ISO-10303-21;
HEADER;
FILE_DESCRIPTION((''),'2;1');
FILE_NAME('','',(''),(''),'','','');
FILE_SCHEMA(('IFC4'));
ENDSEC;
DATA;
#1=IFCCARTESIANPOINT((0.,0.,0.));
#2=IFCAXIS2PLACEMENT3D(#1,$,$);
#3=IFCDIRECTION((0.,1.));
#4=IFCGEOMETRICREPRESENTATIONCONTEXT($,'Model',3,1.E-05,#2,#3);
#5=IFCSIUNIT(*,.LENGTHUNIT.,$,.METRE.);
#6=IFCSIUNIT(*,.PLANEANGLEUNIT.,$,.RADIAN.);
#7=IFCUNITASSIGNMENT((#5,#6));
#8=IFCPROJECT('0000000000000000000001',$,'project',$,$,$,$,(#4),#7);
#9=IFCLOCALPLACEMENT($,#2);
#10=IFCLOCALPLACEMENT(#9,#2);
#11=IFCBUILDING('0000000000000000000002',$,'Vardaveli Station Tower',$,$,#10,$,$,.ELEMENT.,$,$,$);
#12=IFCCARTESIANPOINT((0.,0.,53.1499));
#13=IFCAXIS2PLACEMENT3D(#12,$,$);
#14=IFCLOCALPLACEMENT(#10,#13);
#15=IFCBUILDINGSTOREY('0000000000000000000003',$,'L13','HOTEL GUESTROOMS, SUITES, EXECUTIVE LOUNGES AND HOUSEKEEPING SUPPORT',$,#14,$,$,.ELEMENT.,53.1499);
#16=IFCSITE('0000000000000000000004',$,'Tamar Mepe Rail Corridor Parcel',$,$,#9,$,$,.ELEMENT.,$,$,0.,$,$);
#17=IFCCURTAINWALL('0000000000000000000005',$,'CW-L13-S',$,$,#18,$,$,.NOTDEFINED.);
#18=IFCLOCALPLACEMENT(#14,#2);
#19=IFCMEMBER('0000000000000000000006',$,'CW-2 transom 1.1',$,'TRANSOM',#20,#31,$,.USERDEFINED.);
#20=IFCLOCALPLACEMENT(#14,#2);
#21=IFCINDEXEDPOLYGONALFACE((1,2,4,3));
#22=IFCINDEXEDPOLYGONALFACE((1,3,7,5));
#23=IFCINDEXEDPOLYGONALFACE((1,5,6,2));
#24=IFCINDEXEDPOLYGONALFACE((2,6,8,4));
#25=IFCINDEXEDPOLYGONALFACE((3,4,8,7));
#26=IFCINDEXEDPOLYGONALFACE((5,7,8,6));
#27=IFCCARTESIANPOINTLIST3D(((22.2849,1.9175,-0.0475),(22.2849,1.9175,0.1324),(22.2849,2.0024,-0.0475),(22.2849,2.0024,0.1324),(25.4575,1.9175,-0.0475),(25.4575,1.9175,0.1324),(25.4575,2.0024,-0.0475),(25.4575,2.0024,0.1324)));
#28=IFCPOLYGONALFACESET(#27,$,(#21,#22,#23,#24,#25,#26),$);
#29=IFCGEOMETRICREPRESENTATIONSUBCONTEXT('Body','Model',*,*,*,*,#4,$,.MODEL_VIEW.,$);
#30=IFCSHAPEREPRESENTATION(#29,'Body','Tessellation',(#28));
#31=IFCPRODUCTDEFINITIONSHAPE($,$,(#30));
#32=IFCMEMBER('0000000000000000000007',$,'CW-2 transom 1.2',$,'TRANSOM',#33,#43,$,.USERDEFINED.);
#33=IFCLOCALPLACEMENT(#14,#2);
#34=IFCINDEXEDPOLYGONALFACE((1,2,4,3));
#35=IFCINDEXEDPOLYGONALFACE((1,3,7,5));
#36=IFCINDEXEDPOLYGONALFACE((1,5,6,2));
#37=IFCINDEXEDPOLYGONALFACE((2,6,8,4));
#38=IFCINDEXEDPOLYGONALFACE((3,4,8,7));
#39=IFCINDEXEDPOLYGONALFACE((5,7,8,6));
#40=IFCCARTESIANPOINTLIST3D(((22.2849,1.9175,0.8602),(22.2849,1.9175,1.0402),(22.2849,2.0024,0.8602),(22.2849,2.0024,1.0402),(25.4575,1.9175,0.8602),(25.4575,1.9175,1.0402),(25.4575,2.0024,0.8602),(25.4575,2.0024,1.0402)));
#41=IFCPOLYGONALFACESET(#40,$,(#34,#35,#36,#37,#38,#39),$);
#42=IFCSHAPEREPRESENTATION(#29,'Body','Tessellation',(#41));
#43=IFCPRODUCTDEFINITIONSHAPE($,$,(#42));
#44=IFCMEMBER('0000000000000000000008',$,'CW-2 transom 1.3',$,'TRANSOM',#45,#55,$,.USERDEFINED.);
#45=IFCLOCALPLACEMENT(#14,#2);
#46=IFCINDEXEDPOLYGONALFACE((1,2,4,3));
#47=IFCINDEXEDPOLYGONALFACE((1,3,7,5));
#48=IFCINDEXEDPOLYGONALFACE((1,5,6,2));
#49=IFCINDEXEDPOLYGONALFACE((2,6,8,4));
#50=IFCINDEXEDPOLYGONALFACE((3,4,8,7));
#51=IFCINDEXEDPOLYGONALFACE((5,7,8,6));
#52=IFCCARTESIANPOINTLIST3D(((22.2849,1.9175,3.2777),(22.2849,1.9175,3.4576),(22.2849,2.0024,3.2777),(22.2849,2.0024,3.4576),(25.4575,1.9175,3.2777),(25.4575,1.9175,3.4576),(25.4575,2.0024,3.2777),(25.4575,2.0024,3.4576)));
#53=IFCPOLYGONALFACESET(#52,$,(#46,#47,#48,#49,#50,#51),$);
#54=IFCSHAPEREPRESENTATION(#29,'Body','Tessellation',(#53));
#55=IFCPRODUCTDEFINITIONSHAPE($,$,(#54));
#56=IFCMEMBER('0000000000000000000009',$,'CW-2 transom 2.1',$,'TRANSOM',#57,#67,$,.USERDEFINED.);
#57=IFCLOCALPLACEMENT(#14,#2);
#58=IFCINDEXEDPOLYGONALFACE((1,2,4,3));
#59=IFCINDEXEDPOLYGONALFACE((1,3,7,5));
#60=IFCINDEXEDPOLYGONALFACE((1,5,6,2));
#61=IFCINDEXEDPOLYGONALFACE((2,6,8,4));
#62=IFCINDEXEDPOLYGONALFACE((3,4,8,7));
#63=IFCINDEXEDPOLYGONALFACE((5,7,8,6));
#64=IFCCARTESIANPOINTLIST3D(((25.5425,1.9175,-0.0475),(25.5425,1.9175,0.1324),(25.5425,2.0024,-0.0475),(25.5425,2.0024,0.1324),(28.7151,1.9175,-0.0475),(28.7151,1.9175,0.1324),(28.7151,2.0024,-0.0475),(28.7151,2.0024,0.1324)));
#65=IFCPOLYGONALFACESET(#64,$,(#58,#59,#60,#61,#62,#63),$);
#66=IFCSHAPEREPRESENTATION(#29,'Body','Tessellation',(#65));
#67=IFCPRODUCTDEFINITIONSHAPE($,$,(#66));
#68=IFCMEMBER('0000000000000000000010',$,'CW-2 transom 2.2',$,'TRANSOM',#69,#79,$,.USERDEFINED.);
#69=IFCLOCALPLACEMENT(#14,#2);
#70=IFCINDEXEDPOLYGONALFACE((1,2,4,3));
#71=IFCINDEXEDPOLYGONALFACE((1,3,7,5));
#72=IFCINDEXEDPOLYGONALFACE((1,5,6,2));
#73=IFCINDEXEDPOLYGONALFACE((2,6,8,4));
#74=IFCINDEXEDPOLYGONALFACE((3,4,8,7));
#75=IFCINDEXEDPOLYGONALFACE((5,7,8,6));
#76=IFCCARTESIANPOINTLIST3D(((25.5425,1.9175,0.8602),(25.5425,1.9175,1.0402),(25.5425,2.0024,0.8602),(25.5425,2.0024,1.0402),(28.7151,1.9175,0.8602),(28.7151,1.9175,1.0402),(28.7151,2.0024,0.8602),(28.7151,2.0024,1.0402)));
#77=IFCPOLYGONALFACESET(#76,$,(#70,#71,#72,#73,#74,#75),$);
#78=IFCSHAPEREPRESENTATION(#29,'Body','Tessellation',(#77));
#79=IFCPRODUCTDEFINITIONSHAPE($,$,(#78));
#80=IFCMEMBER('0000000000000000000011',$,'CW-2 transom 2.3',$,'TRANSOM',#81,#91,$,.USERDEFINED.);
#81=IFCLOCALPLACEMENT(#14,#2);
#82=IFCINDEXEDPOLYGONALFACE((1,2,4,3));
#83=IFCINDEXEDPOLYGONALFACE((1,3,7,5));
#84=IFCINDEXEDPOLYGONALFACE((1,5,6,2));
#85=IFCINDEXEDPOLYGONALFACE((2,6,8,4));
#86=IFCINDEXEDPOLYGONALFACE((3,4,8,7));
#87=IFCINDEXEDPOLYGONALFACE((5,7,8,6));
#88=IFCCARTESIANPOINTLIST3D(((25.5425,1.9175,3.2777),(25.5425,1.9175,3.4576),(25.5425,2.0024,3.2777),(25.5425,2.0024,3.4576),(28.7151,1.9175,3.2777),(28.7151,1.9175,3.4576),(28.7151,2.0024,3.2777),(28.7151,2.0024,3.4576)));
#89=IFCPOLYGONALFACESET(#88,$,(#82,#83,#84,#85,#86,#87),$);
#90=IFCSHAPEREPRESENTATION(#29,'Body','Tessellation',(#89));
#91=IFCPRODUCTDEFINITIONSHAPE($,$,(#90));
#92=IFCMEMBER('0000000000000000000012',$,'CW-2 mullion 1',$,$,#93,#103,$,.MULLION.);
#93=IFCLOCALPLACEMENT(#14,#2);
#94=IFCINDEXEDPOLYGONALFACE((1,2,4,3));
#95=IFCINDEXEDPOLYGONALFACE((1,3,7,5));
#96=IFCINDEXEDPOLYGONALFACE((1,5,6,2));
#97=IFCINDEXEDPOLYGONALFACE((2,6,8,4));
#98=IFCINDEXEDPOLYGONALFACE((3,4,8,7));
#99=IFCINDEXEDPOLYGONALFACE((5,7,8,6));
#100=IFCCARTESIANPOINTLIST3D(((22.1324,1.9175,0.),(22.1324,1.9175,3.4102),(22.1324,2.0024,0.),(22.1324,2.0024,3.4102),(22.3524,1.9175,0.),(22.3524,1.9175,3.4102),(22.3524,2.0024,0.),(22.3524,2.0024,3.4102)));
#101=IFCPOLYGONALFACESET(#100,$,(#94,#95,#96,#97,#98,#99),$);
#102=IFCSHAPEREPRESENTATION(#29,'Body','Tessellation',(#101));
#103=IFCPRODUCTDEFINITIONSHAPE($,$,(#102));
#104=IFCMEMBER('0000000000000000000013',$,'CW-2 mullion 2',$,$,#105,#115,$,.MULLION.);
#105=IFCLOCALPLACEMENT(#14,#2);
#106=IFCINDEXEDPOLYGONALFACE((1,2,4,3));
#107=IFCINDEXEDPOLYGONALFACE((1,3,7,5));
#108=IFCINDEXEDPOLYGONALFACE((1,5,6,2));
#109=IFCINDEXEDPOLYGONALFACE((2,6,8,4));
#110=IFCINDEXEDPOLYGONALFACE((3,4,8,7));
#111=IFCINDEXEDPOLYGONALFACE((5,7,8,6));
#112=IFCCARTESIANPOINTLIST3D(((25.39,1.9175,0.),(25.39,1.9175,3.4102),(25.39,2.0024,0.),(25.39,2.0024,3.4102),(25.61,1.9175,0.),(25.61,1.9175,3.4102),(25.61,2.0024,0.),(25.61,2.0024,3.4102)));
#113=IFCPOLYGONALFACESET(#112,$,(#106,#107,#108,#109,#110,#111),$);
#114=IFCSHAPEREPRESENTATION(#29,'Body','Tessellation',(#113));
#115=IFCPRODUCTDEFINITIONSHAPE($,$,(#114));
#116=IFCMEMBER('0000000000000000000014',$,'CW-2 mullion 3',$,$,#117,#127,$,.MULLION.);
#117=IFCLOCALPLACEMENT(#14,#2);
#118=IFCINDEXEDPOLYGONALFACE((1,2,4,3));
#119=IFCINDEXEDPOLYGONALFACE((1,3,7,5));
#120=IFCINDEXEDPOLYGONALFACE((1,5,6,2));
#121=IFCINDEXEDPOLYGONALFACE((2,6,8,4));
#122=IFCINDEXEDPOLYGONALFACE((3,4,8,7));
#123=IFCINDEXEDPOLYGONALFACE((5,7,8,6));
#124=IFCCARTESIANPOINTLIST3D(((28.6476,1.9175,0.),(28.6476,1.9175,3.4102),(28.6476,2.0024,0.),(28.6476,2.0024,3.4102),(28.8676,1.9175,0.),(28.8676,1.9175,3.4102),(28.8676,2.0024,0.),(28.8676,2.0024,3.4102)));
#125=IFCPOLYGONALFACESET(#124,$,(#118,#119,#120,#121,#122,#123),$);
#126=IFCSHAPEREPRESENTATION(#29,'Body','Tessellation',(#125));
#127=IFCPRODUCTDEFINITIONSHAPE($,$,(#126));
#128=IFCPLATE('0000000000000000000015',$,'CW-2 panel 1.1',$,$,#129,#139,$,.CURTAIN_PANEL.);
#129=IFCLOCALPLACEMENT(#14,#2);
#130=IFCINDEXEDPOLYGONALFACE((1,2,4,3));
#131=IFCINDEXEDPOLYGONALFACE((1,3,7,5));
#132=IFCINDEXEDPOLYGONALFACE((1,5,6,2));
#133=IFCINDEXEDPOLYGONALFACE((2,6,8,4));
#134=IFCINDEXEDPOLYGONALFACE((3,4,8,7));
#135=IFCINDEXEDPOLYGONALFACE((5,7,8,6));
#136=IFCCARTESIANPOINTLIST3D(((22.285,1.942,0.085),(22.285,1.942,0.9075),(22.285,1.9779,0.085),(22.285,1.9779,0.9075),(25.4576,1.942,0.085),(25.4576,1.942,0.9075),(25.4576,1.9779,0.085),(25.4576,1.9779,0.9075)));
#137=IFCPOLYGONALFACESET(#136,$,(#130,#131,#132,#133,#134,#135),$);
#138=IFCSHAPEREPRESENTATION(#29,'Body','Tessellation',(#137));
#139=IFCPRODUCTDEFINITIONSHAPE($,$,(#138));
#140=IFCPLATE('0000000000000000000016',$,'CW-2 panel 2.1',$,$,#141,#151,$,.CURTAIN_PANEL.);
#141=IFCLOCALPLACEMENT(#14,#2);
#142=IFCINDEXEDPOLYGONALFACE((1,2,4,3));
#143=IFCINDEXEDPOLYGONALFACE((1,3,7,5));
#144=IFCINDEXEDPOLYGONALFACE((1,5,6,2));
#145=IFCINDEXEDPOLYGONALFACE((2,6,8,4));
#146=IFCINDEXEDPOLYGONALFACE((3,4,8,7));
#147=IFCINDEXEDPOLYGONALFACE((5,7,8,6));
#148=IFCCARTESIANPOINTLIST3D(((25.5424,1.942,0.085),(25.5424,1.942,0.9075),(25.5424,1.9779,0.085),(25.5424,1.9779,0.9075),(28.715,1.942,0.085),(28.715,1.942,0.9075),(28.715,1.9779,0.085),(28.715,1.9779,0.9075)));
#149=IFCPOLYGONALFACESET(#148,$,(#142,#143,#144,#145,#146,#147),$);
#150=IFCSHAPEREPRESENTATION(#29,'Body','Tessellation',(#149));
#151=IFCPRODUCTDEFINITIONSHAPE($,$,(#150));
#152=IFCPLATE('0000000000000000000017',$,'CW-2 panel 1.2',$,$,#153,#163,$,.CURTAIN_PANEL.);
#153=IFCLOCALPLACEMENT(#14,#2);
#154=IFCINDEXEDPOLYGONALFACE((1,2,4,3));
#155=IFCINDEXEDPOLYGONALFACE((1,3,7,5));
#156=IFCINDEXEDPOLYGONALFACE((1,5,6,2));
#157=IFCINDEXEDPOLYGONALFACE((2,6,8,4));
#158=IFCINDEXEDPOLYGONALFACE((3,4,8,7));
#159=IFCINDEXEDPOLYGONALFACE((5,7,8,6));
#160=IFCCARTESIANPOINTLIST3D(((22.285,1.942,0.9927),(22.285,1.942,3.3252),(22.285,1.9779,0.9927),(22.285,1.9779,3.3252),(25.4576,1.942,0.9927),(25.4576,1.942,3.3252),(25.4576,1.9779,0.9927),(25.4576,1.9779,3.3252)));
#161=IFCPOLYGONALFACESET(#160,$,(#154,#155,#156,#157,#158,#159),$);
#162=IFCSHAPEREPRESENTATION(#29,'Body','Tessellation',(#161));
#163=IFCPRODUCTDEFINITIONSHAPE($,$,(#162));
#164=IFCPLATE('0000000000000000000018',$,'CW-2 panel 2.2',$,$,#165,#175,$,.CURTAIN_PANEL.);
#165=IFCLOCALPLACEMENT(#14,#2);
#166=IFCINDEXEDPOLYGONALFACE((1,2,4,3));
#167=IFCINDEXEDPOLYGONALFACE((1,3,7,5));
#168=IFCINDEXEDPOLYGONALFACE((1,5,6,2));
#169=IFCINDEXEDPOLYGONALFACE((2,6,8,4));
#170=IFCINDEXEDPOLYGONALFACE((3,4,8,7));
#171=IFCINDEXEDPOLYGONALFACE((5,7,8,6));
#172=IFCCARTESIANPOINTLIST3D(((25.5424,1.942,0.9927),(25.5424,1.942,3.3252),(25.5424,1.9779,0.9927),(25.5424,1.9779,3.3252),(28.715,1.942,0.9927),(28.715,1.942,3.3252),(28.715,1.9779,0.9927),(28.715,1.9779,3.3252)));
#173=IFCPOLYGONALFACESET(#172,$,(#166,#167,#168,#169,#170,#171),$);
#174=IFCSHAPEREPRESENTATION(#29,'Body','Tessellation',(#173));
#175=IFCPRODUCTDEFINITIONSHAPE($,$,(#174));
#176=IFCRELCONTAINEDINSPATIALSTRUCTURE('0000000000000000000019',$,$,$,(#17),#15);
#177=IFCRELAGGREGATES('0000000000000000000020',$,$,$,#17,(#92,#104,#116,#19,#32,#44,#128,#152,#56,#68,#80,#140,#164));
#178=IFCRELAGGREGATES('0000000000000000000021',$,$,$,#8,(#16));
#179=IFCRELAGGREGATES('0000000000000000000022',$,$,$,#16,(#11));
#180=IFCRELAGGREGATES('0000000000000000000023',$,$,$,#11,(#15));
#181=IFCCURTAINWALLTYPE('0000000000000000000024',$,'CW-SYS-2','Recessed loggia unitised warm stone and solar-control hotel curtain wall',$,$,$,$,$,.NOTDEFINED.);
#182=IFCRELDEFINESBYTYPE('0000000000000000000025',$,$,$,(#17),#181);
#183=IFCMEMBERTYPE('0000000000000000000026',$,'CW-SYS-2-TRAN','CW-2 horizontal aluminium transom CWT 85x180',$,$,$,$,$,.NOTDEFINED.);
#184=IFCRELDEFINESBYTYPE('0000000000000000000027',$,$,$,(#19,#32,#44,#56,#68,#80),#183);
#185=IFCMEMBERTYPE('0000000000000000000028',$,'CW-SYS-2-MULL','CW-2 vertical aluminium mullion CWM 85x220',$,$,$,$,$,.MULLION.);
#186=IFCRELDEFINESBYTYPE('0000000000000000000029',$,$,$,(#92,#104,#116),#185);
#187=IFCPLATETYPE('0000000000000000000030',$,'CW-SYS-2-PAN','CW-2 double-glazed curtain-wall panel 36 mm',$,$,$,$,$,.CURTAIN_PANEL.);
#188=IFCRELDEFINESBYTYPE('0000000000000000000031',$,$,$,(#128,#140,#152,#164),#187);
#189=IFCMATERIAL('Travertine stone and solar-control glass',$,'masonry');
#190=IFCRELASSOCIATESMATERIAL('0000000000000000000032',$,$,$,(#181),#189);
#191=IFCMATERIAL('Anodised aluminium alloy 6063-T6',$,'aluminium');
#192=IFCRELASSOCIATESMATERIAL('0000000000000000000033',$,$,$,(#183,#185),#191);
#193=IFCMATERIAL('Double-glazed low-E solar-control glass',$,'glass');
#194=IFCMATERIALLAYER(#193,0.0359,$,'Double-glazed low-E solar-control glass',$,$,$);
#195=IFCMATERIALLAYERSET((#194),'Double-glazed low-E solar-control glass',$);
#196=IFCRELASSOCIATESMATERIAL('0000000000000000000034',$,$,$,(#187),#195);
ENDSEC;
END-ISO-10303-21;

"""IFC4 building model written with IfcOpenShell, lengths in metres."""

from ifc_helpers import new_model, si_unit, direction, frame, origin, origin_2d, place, context, subcontext, project, spatial, rectangle, extrude, source, transform, mapped, material, layer, layer_set, material_profile, profile_set, type_object, element, aggregate, save


model = new_model("IFC4")

# Units and contexts
model_context = context("Model", 3, precision=1e-05, world=origin(), true_north=direction((0.0, 1.0)))
body_context = subcontext(model_context, "Body", "Model", "MODEL_VIEW")
ifc_project = project(units=[si_unit("LENGTHUNIT", "METRE"), si_unit("PLANEANGLEUNIT", "RADIAN")], contexts=[model_context])

# Site, building, storey
site_placement = place(None, origin())
site = spatial("IfcSite", under=ifc_project, at=site_placement, Name="Tamar Mepe Rail Corridor Parcel", CompositionType="ELEMENT", RefElevation=0.0)
building_placement = place(site_placement, origin())
building = spatial("IfcBuilding", under=site, at=building_placement, Name="Vardaveli Station Tower", CompositionType="ELEMENT")
storey_placement = place(building_placement, frame((0.0, 0.0, 53.1499)))
storey = spatial("IfcBuildingStorey", under=building, at=storey_placement, Name="L13", Description="HOTEL GUESTROOMS, SUITES, EXECUTIVE LOUNGES AND HOUSEKEEPING SUPPORT", CompositionType="ELEMENT", Elevation=53.1499)

# Curtain wall, members, plates
ifc_material_1 = material(Name="Travertine stone and solar-control glass", Category="masonry")
curtain_wall_type = type_object("IfcCurtainWallType", Name="CW-SYS-2", Description="Recessed loggia unitised warm stone and solar-control hotel curtain wall", PredefinedType="NOTDEFINED", material=ifc_material_1)
curtain_wall_placement = place(storey_placement, origin())
curtain_wall = element("IfcCurtainWall", 1, at=curtain_wall_placement, inside=storey, type_object=curtain_wall_type, Name="CW-L13-S", PredefinedType="NOTDEFINED")
ifc_material_2 = material(Name="Anodised aluminium alloy 6063-T6", Category="aluminium")
ifc_material_profile_1 = material_profile(ifc_material_2, rectangle(XDim=0.085, YDim=0.1799, at=origin_2d()), Name="CWT 85x180")
ifc_profile_set_1 = profile_set([ifc_material_profile_1], Name="Anodised aluminium alloy 6063-T6")
member_type_1 = type_object("IfcMemberType", Name="CW-SYS-2-TRAN", Description="CW-2 horizontal aluminium transom CWT 85x180", PredefinedType="NOTDEFINED", material=ifc_profile_set_1)
shared_shape_1 = source(origin(), body_context, "Body", "SweptSolid", [
    extrude(rectangle(XDim=0.085, YDim=0.1799, at=origin_2d()), origin(), (0.0, 0.0, 1.0), 3.1726),
])
member_1_placement = place(storey_placement, frame((22.2849, 1.96, 0.0425), z_axis=(1.0, 0.0, 0.0), x_axis=(0.0, 1.0, 0.0)))
member_1 = element("IfcMember", 2, at=member_1_placement, type_object=member_type_1, Name="CW-2 transom 1.1", ObjectType="TRANSOM", PredefinedType="USERDEFINED", context=body_context, shape_type="MappedRepresentation", body=[
    mapped(shared_shape_1, transform((0.0, 0.0, 0.0), scale=1.0)),
])
member_2_placement = place(storey_placement, frame((22.2849, 1.96, 0.9502), z_axis=(1.0, 0.0, 0.0), x_axis=(0.0, 1.0, 0.0)))
member_2 = element("IfcMember", 3, at=member_2_placement, type_object=member_type_1, Name="CW-2 transom 1.2", ObjectType="TRANSOM", PredefinedType="USERDEFINED", context=body_context, shape_type="MappedRepresentation", body=[
    mapped(shared_shape_1, transform((0.0, 0.0, 0.0), scale=1.0)),
])
member_3_placement = place(storey_placement, frame((22.2849, 1.96, 3.3677), z_axis=(1.0, 0.0, 0.0), x_axis=(0.0, 1.0, 0.0)))
member_3 = element("IfcMember", 4, at=member_3_placement, type_object=member_type_1, Name="CW-2 transom 1.3", ObjectType="TRANSOM", PredefinedType="USERDEFINED", context=body_context, shape_type="MappedRepresentation", body=[
    mapped(shared_shape_1, transform((0.0, 0.0, 0.0), scale=1.0)),
])
member_4_placement = place(storey_placement, frame((25.5425, 1.96, 0.0425), z_axis=(1.0, 0.0, 0.0), x_axis=(0.0, 1.0, 0.0)))
member_4 = element("IfcMember", 5, at=member_4_placement, type_object=member_type_1, Name="CW-2 transom 2.1", ObjectType="TRANSOM", PredefinedType="USERDEFINED", context=body_context, shape_type="MappedRepresentation", body=[
    mapped(shared_shape_1, transform((0.0, 0.0, 0.0), scale=1.0)),
])
member_5_placement = place(storey_placement, frame((25.5425, 1.96, 0.9502), z_axis=(1.0, 0.0, 0.0), x_axis=(0.0, 1.0, 0.0)))
member_5 = element("IfcMember", 6, at=member_5_placement, type_object=member_type_1, Name="CW-2 transom 2.2", ObjectType="TRANSOM", PredefinedType="USERDEFINED", context=body_context, shape_type="MappedRepresentation", body=[
    mapped(shared_shape_1, transform((0.0, 0.0, 0.0), scale=1.0)),
])
member_6_placement = place(storey_placement, frame((25.5425, 1.96, 3.3677), z_axis=(1.0, 0.0, 0.0), x_axis=(0.0, 1.0, 0.0)))
member_6 = element("IfcMember", 7, at=member_6_placement, type_object=member_type_1, Name="CW-2 transom 2.3", ObjectType="TRANSOM", PredefinedType="USERDEFINED", context=body_context, shape_type="MappedRepresentation", body=[
    mapped(shared_shape_1, transform((0.0, 0.0, 0.0), scale=1.0)),
])
ifc_material_profile_2 = material_profile(ifc_material_2, rectangle(XDim=0.085, YDim=0.22, at=origin_2d()), Name="CWM 85x220")
ifc_profile_set_2 = profile_set([ifc_material_profile_2], Name="Anodised aluminium alloy 6063-T6")
member_type_2 = type_object("IfcMemberType", Name="CW-SYS-2-MULL", Description="CW-2 vertical aluminium mullion CWM 85x220", PredefinedType="MULLION", material=ifc_profile_set_2)
shared_shape_2 = source(origin(), body_context, "Body", "SweptSolid", [
    extrude(rectangle(XDim=0.085, YDim=0.22, at=origin_2d()), origin(), (0.0, 0.0, 1.0), 3.4102),
])
member_7_placement = place(storey_placement, frame((22.2424, 1.96, 0.0), z_axis=(0.0, 0.0, 1.0), x_axis=(0.0, 1.0, 0.0)))
member_7 = element("IfcMember", 8, at=member_7_placement, type_object=member_type_2, Name="CW-2 mullion 1", PredefinedType="MULLION", context=body_context, shape_type="MappedRepresentation", body=[
    mapped(shared_shape_2, transform((0.0, 0.0, 0.0), scale=1.0)),
])
member_8_placement = place(storey_placement, frame((25.5, 1.96, 0.0), z_axis=(0.0, 0.0, 1.0), x_axis=(0.0, 1.0, 0.0)))
member_8 = element("IfcMember", 9, at=member_8_placement, type_object=member_type_2, Name="CW-2 mullion 2", PredefinedType="MULLION", context=body_context, shape_type="MappedRepresentation", body=[
    mapped(shared_shape_2, transform((0.0, 0.0, 0.0), scale=1.0)),
])
member_9_placement = place(storey_placement, frame((28.7576, 1.96, 0.0), z_axis=(0.0, 0.0, 1.0), x_axis=(0.0, 1.0, 0.0)))
member_9 = element("IfcMember", 10, at=member_9_placement, type_object=member_type_2, Name="CW-2 mullion 3", PredefinedType="MULLION", context=body_context, shape_type="MappedRepresentation", body=[
    mapped(shared_shape_2, transform((0.0, 0.0, 0.0), scale=1.0)),
])
ifc_material_3 = material(Name="Double-glazed low-E solar-control glass", Category="glass")
ifc_layer_1 = layer(ifc_material_3, 0.0359, Name="Double-glazed low-E solar-control glass")
ifc_layer_set_1 = layer_set([ifc_layer_1], Name="Double-glazed low-E solar-control glass")
plate_type = type_object("IfcPlateType", Name="CW-SYS-2-PAN", Description="CW-2 double-glazed curtain-wall panel 36 mm", PredefinedType="CURTAIN_PANEL", material=ifc_layer_set_1)
shared_shape_3 = source(origin(), body_context, "Body", "SweptSolid", [
    extrude(rectangle(XDim=3.1726, YDim=0.0359, at=origin_2d()), origin(), (0.0, 0.0, 1.0), 0.8225),
])
plate_1_placement = place(storey_placement, frame((23.8713, 1.96, 0.085), z_axis=(0.0, 0.0, 1.0), x_axis=(1.0, 0.0, 0.0)))
plate_1 = element("IfcPlate", 11, at=plate_1_placement, type_object=plate_type, Name="CW-2 panel 1.1", PredefinedType="CURTAIN_PANEL", context=body_context, shape_type="MappedRepresentation", body=[
    mapped(shared_shape_3, transform((0.0, 0.0, 0.0), scale=1.0)),
])
plate_2_placement = place(storey_placement, frame((27.1287, 1.96, 0.085), z_axis=(0.0, 0.0, 1.0), x_axis=(1.0, 0.0, 0.0)))
plate_2 = element("IfcPlate", 12, at=plate_2_placement, type_object=plate_type, Name="CW-2 panel 2.1", PredefinedType="CURTAIN_PANEL", context=body_context, shape_type="MappedRepresentation", body=[
    mapped(shared_shape_3, transform((0.0, 0.0, 0.0), scale=1.0)),
])
shared_shape_4 = source(origin(), body_context, "Body", "SweptSolid", [
    extrude(rectangle(XDim=3.1726, YDim=0.0359, at=origin_2d()), origin(), (0.0, 0.0, 1.0), 2.3325),
])
plate_3_placement = place(storey_placement, frame((23.8713, 1.96, 0.9927), z_axis=(0.0, 0.0, 1.0), x_axis=(1.0, 0.0, 0.0)))
plate_3 = element("IfcPlate", 13, at=plate_3_placement, type_object=plate_type, Name="CW-2 panel 1.2", PredefinedType="CURTAIN_PANEL", context=body_context, shape_type="MappedRepresentation", body=[
    mapped(shared_shape_4, transform((0.0, 0.0, 0.0), scale=1.0)),
])
plate_4_placement = place(storey_placement, frame((27.1287, 1.96, 0.9927), z_axis=(0.0, 0.0, 1.0), x_axis=(1.0, 0.0, 0.0)))
plate_4 = element("IfcPlate", 14, at=plate_4_placement, type_object=plate_type, Name="CW-2 panel 2.2", PredefinedType="CURTAIN_PANEL", context=body_context, shape_type="MappedRepresentation", body=[
    mapped(shared_shape_4, transform((0.0, 0.0, 0.0), scale=1.0)),
])
aggregate(curtain_wall, [member_7, member_8, member_9, member_1, member_2, member_3, plate_1, plate_3, member_4, member_5, member_6, plate_2, plate_4])

save(model, "model.ifc")
